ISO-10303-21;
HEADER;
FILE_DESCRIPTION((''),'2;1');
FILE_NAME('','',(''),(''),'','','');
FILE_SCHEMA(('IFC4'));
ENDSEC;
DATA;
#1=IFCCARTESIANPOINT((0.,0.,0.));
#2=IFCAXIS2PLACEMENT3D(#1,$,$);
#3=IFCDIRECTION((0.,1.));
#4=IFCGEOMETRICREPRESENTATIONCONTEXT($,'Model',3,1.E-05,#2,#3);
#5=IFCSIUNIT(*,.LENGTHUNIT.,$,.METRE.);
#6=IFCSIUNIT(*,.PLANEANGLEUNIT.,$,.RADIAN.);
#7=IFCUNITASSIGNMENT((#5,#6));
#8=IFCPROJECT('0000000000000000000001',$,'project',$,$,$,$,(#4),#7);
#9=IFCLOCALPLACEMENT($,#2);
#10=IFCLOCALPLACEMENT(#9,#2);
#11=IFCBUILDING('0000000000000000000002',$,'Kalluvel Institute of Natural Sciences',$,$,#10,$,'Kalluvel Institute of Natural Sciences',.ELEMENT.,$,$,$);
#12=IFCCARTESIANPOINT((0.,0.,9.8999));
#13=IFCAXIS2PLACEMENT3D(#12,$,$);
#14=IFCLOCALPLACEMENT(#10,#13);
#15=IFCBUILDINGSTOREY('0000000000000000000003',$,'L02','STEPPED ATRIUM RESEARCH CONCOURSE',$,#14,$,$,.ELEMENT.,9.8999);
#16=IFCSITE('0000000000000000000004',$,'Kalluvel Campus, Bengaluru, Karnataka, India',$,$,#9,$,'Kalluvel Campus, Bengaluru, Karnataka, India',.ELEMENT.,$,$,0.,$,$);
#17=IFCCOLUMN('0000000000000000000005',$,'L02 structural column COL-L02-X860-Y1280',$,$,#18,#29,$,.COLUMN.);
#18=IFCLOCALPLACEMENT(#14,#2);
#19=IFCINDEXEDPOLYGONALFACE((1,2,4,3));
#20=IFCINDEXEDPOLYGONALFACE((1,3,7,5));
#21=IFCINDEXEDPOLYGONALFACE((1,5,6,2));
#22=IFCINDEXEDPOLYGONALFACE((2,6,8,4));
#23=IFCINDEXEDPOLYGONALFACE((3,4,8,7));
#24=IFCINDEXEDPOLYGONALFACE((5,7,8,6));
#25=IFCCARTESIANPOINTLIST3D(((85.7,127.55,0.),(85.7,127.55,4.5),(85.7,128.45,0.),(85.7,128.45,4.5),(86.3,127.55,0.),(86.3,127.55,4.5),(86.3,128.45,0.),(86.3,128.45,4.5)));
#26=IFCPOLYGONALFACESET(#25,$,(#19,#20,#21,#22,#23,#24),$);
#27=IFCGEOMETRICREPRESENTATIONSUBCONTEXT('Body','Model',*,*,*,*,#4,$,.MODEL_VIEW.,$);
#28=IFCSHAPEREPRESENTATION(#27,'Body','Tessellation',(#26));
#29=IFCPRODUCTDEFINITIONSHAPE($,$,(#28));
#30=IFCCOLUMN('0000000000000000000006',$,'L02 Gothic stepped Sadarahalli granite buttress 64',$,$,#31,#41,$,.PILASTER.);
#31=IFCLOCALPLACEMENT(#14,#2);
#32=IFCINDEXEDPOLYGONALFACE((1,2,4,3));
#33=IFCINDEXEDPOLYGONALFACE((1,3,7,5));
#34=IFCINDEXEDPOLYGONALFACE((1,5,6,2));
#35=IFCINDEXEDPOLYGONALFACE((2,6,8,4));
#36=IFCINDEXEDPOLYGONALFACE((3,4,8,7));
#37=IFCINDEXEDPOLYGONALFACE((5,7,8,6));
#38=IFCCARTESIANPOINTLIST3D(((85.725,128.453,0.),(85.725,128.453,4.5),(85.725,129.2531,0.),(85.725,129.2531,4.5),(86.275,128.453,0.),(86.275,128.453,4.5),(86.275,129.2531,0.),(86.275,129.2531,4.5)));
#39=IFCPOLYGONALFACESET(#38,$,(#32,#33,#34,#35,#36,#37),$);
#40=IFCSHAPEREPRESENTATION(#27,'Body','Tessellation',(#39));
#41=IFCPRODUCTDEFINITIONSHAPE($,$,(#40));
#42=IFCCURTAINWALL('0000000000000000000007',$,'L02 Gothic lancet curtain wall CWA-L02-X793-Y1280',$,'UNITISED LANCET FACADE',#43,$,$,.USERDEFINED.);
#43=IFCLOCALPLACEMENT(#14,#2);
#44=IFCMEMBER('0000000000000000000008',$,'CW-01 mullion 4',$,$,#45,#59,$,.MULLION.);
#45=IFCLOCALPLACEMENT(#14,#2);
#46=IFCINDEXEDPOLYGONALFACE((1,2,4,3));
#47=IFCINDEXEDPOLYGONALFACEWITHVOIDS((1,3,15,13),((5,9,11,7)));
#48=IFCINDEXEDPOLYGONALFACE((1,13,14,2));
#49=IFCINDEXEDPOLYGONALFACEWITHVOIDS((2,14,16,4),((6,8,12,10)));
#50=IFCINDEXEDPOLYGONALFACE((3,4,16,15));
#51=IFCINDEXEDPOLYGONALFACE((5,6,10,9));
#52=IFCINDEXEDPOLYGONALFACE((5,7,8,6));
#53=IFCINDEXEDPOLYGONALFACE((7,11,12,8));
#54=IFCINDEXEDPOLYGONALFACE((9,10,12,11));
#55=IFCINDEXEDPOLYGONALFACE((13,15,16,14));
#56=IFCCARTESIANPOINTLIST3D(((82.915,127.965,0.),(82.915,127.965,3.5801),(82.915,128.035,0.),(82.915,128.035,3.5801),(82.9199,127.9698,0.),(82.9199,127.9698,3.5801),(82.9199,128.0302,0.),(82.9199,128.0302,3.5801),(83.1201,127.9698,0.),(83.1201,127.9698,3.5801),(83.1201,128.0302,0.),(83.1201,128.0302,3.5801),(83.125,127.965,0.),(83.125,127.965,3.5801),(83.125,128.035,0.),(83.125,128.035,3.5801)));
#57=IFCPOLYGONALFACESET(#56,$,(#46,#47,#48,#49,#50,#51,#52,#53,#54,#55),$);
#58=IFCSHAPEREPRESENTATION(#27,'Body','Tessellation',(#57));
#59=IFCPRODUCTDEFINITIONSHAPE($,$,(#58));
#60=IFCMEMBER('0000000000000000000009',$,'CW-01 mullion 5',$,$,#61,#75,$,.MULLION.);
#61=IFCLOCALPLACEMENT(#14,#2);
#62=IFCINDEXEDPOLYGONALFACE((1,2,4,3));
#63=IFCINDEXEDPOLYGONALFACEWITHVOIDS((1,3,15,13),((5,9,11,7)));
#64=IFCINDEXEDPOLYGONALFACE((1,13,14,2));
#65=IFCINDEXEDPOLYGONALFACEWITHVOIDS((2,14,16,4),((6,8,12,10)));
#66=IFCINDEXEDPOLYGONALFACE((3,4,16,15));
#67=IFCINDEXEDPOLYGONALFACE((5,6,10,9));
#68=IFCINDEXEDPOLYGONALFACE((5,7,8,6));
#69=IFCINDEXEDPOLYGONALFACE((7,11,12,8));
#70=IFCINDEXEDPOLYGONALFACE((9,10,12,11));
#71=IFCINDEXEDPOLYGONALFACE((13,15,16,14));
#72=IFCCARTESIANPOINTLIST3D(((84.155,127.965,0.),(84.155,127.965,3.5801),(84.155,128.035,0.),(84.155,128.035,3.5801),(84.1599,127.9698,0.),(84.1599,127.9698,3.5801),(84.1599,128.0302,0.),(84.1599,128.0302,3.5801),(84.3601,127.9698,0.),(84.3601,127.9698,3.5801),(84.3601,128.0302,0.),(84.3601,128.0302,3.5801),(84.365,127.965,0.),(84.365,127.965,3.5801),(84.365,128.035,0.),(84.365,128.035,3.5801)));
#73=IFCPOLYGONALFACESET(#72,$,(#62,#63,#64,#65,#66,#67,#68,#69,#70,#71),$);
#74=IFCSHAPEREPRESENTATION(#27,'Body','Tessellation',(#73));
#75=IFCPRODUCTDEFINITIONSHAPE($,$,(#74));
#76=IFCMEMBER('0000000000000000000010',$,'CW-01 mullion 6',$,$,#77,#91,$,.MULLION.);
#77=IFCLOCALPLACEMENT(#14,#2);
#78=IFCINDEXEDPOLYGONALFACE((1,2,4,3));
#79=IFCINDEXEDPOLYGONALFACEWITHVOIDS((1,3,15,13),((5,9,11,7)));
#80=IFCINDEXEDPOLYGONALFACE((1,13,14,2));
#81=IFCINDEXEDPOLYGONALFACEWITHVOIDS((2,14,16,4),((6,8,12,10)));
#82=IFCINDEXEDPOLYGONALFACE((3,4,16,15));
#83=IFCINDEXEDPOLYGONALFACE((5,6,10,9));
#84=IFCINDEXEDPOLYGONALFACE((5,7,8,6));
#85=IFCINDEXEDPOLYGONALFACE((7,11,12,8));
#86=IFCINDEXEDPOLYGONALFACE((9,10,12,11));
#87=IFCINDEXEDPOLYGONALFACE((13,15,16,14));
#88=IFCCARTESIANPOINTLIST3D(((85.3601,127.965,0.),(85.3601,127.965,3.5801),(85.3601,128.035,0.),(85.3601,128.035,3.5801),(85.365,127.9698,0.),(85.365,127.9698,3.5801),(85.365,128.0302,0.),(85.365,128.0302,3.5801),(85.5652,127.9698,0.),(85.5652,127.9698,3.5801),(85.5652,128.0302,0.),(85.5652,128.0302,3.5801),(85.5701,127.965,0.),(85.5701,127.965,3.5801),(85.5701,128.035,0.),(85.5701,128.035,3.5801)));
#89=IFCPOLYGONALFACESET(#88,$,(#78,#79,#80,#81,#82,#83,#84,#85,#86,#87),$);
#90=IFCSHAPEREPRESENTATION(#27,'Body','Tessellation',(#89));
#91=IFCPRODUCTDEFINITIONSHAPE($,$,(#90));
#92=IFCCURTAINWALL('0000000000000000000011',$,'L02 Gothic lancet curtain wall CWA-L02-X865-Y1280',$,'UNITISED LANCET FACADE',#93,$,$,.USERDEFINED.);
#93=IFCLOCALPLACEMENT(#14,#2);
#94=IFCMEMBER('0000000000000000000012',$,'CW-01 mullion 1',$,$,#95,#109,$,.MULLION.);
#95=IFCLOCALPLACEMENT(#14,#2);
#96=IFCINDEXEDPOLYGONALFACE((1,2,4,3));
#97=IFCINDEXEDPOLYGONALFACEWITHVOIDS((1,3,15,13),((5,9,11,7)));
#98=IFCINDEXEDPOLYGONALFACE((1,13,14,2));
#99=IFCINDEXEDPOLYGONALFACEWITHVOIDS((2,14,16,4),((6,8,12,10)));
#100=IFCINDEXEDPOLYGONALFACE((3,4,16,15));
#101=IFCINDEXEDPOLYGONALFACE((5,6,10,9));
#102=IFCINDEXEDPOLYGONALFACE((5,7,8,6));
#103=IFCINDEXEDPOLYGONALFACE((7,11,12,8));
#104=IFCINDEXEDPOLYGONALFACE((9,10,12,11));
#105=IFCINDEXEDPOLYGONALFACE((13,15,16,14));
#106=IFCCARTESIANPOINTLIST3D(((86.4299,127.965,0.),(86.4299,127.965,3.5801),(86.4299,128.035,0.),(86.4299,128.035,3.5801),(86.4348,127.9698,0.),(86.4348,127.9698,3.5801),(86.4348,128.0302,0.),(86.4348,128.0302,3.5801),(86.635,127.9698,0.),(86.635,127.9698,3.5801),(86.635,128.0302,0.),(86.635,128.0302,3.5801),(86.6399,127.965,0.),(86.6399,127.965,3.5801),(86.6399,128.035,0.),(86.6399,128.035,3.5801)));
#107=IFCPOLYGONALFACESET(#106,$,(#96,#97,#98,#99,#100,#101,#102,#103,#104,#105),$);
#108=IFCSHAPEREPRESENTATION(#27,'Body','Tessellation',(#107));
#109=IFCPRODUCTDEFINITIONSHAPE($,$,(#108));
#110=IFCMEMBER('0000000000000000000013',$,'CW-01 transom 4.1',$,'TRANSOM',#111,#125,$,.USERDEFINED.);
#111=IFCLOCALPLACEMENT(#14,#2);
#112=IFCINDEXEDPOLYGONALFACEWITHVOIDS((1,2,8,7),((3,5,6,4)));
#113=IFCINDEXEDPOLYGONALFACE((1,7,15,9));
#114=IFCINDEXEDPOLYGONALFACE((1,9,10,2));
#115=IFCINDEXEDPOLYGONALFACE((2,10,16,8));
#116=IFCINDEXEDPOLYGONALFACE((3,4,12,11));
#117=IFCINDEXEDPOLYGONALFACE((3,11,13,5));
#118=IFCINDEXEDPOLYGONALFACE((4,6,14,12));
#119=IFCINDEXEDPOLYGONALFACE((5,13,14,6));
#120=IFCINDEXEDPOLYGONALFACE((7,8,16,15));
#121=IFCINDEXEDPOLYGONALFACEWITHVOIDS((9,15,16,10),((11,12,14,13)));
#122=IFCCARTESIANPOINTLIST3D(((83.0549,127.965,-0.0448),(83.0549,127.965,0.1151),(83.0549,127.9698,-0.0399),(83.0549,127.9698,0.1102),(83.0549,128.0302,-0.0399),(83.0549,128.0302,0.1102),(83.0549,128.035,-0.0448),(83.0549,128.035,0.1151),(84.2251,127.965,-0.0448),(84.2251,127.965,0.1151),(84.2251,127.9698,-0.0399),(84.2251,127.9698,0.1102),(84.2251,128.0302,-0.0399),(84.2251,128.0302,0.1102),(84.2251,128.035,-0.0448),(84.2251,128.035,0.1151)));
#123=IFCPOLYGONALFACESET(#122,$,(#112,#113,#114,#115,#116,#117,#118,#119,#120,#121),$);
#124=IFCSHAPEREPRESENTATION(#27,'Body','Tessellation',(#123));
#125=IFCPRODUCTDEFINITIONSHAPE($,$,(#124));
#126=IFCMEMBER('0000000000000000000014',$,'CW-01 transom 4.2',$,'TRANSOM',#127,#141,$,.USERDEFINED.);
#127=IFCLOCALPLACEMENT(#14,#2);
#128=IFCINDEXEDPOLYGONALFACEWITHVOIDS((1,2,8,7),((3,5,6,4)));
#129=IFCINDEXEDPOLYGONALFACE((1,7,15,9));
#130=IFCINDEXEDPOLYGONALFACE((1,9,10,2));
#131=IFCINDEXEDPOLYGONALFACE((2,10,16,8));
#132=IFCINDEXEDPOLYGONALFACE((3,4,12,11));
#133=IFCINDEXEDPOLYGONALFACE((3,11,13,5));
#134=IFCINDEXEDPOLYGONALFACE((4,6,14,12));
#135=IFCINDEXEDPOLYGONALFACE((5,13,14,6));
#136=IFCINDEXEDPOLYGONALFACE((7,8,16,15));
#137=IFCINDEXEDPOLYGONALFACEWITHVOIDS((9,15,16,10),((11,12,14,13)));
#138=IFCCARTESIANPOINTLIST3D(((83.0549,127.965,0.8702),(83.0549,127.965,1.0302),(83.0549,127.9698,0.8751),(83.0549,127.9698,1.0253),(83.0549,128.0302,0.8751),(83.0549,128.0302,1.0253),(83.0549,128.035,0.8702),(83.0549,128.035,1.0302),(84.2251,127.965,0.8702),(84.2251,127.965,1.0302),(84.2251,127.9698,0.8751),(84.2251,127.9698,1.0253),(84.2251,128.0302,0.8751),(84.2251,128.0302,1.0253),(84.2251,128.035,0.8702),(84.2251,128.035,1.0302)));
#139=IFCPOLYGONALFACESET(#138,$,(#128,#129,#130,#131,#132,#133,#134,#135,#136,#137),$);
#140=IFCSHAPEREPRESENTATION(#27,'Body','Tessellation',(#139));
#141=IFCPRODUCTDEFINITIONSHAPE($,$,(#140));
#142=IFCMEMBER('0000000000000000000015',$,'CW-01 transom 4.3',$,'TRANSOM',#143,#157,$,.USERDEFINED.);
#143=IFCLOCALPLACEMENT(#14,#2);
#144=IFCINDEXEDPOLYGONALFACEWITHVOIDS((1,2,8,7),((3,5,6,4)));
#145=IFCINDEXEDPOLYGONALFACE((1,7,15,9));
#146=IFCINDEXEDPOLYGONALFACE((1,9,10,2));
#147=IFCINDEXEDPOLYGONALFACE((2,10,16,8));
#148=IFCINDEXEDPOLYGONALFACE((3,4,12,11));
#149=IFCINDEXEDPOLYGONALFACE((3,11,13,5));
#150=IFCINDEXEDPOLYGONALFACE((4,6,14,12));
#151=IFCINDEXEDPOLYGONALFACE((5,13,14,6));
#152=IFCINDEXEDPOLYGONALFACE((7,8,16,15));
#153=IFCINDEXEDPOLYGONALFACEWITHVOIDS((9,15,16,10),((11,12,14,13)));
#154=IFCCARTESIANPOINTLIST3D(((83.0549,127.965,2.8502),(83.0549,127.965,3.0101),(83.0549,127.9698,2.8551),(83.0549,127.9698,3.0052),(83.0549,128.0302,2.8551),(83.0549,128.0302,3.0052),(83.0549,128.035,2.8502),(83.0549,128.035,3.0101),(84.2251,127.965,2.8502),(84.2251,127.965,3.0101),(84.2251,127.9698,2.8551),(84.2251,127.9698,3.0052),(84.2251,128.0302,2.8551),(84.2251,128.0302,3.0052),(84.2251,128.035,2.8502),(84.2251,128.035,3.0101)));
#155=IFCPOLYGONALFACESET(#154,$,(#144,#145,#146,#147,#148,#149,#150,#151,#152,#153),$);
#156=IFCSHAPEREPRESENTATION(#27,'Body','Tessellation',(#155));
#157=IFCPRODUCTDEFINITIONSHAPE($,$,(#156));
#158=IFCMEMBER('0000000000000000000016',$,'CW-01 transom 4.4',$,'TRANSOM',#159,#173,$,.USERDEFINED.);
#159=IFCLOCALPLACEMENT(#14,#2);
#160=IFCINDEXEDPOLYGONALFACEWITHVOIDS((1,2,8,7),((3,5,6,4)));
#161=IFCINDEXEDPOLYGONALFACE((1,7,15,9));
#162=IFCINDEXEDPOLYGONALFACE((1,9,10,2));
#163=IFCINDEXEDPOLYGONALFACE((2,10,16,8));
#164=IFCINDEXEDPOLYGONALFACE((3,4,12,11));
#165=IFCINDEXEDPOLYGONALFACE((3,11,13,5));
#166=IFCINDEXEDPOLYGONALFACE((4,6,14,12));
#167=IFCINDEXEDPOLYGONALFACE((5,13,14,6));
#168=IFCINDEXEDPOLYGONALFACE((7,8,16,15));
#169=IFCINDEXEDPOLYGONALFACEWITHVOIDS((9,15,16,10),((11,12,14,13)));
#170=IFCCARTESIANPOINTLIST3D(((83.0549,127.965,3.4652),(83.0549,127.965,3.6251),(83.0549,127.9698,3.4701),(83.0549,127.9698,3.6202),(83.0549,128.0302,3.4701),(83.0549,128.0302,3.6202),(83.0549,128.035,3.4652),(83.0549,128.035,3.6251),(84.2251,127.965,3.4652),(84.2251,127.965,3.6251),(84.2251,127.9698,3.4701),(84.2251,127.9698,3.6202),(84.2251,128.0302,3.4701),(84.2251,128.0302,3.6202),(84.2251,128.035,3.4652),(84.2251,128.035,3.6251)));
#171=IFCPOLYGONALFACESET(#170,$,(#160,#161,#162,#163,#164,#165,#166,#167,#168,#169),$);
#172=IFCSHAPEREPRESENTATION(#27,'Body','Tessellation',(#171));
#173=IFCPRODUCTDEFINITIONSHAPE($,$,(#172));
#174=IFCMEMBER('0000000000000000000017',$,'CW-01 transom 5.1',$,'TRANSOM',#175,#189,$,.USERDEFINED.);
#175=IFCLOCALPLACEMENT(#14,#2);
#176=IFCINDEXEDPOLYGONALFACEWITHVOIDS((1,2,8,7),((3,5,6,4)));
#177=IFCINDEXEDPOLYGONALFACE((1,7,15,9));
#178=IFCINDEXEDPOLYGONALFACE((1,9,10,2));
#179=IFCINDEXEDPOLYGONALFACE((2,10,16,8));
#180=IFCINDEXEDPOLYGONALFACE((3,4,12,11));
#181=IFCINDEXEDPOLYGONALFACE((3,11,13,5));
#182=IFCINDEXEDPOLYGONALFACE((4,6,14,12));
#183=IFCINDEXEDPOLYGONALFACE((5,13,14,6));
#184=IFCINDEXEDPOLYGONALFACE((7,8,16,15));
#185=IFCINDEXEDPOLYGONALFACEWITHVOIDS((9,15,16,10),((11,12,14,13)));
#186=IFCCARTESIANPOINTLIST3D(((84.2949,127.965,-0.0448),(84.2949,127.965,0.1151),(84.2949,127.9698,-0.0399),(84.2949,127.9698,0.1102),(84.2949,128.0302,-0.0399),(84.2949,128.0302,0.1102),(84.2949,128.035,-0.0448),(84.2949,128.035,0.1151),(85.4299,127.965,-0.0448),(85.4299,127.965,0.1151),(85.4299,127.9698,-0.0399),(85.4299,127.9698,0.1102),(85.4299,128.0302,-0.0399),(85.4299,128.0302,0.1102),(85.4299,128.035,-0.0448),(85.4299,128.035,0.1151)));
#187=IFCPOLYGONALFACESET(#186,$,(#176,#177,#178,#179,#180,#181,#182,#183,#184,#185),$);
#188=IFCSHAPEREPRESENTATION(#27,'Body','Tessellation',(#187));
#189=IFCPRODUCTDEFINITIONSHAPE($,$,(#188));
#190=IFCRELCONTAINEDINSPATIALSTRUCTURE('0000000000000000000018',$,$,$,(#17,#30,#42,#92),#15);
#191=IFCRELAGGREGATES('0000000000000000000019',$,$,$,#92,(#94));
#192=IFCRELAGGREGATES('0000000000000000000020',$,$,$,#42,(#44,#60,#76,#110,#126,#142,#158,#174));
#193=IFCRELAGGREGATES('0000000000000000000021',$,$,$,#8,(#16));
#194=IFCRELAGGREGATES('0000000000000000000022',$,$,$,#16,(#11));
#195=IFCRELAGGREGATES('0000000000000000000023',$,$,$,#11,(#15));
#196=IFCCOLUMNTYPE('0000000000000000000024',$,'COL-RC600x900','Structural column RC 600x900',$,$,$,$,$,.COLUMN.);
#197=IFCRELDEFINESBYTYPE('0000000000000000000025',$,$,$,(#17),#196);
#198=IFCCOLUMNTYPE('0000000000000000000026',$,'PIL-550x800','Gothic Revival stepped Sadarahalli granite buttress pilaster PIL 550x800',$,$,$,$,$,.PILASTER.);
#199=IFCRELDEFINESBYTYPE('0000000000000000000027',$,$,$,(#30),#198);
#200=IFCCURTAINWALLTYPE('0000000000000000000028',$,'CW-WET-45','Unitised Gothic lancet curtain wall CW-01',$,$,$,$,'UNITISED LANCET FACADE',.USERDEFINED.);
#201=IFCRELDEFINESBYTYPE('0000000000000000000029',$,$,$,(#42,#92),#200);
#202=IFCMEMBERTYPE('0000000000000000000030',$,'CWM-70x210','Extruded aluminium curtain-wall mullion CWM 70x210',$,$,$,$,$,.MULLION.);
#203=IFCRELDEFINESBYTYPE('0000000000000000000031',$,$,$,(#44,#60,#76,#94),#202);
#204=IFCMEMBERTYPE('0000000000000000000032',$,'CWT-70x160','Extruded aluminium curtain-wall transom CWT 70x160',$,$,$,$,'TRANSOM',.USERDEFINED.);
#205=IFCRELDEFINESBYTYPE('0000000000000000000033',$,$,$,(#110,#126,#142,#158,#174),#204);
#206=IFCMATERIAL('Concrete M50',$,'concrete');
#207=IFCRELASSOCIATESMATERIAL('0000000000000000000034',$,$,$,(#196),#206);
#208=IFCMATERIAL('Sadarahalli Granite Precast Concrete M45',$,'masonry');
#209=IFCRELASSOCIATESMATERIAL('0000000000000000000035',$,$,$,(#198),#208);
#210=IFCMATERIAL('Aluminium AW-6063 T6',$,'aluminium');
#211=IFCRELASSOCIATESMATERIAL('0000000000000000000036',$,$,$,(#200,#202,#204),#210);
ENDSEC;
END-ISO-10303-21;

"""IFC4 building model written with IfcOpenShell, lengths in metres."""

from ifc_helpers import new_model, si_unit, direction, frame, origin, origin_2d, place, context, subcontext, project, spatial, rectangle, hollow_rectangle, extrude, material, material_profile, profile_set, type_object, element, aggregate, save


model = new_model("IFC4")

# Units and contexts
model_context = context("Model", 3, precision=1e-05, world=origin(), true_north=direction((0.0, 1.0)))
body_context = subcontext(model_context, "Body", "Model", "MODEL_VIEW")
ifc_project = project(units=[si_unit("LENGTHUNIT", "METRE"), si_unit("PLANEANGLEUNIT", "RADIAN")], contexts=[model_context])

# Site, building, storey
site_placement = place(None, origin())
site = spatial("IfcSite", under=ifc_project, at=site_placement, Name="Kalluvel Campus, Bengaluru, Karnataka, India", LongName="Kalluvel Campus, Bengaluru, Karnataka, India", CompositionType="ELEMENT", RefElevation=0.0)
building_placement = place(site_placement, origin())
building = spatial("IfcBuilding", under=site, at=building_placement, Name="Kalluvel Institute of Natural Sciences", LongName="Kalluvel Institute of Natural Sciences", CompositionType="ELEMENT")
storey_placement = place(building_placement, frame((0.0, 0.0, 9.8999)))
storey = spatial("IfcBuildingStorey", under=building, at=storey_placement, Name="L02", Description="STEPPED ATRIUM RESEARCH CONCOURSE", CompositionType="ELEMENT", Elevation=9.8999)

# Columns
ifc_material_1 = material(Name="Concrete M50", Category="concrete")
ifc_material_profile_1 = material_profile(ifc_material_1, rectangle(XDim=0.6001, YDim=0.8999, at=origin_2d()), Name="RC 600x900")
ifc_profile_set_1 = profile_set([ifc_material_profile_1], Name="Concrete M50")
column_type_1 = type_object("IfcColumnType", Name="COL-RC600x900", Description="Structural column RC 600x900", PredefinedType="COLUMN", material=ifc_profile_set_1)
column_1_placement = place(storey_placement, frame((86.0, 128.0, 0.0), z_axis=(0.0, 0.0, 1.0), x_axis=(1.0, 0.0, 0.0)))
element("IfcColumn", 1, at=column_1_placement, inside=storey, type_object=column_type_1, Name="L02 structural column COL-L02-X860-Y1280", PredefinedType="COLUMN", context=body_context, shape_type="SweptSolid", body=[
    extrude(rectangle(XDim=0.6001, YDim=0.8999, at=origin_2d()), origin(), (0.0, 0.0, 1.0), 4.5),
])
ifc_material_2 = material(Name="Sadarahalli Granite Precast Concrete M45", Category="masonry")
ifc_material_profile_2 = material_profile(ifc_material_2, rectangle(XDim=0.55, YDim=0.8, at=origin_2d()), Name="PIL 550x800")
ifc_profile_set_2 = profile_set([ifc_material_profile_2], Name="Sadarahalli Granite Precast Concrete M45")
column_type_2 = type_object("IfcColumnType", Name="PIL-550x800", Description="Gothic Revival stepped Sadarahalli granite buttress pilaster PIL 550x800", PredefinedType="PILASTER", material=ifc_profile_set_2)
column_2_placement = place(storey_placement, frame((86.0, 128.853, 0.0), z_axis=(0.0, 0.0, 1.0), x_axis=(1.0, 0.0, 0.0)))
element("IfcColumn", 2, at=column_2_placement, inside=storey, type_object=column_type_2, Name="L02 Gothic stepped Sadarahalli granite buttress 64", PredefinedType="PILASTER", context=body_context, shape_type="SweptSolid", body=[
    extrude(rectangle(XDim=0.55, YDim=0.8, at=origin_2d()), origin(), (0.0, 0.0, 1.0), 4.5),
])

# Curtain wall, members
ifc_material_3 = material(Name="Aluminium AW-6063 T6", Category="aluminium")
curtain_wall_type = type_object("IfcCurtainWallType", Name="CW-WET-45", Description="Unitised Gothic lancet curtain wall CW-01", ElementType="UNITISED LANCET FACADE", PredefinedType="USERDEFINED", material=ifc_material_3)
curtain_wall_1_placement = place(storey_placement, origin())
curtain_wall_1 = element("IfcCurtainWall", 3, at=curtain_wall_1_placement, inside=storey, type_object=curtain_wall_type, Name="L02 Gothic lancet curtain wall CWA-L02-X793-Y1280", ObjectType="UNITISED LANCET FACADE", PredefinedType="USERDEFINED")
ifc_material_profile_3 = material_profile(ifc_material_3, hollow_rectangle(XDim=0.0701, YDim=0.21, WallThickness=0.0049, at=origin_2d()), Name="CWM 70x210")
ifc_profile_set_3 = profile_set([ifc_material_profile_3], Name="Aluminium AW-6063 T6")
member_type_1 = type_object("IfcMemberType", Name="CWM-70x210", Description="Extruded aluminium curtain-wall mullion CWM 70x210", PredefinedType="MULLION", material=ifc_profile_set_3)
member_1_placement = place(storey_placement, frame((83.02, 128.0, 0.0), z_axis=(0.0, 0.0, 1.0), x_axis=(0.0, 1.0, 0.0)))
member_1 = element("IfcMember", 4, at=member_1_placement, type_object=member_type_1, Name="CW-01 mullion 4", PredefinedType="MULLION", context=body_context, shape_type="SweptSolid", body=[
    extrude(hollow_rectangle(XDim=0.0701, YDim=0.21, WallThickness=0.0049, at=origin_2d()), origin(), (0.0, 0.0, 1.0), 3.5801),
])
member_2_placement = place(storey_placement, frame((84.26, 128.0, 0.0), z_axis=(0.0, 0.0, 1.0), x_axis=(0.0, 1.0, 0.0)))
member_2 = element("IfcMember", 5, at=member_2_placement, type_object=member_type_1, Name="CW-01 mullion 5", PredefinedType="MULLION", context=body_context, shape_type="SweptSolid", body=[
    extrude(hollow_rectangle(XDim=0.0701, YDim=0.21, WallThickness=0.0049, at=origin_2d()), origin(), (0.0, 0.0, 1.0), 3.5801),
])
member_3_placement = place(storey_placement, frame((85.4651, 128.0, 0.0), z_axis=(0.0, 0.0, 1.0), x_axis=(0.0, 1.0, 0.0)))
member_3 = element("IfcMember", 6, at=member_3_placement, type_object=member_type_1, Name="CW-01 mullion 6", PredefinedType="MULLION", context=body_context, shape_type="SweptSolid", body=[
    extrude(hollow_rectangle(XDim=0.0701, YDim=0.21, WallThickness=0.0049, at=origin_2d()), origin(), (0.0, 0.0, 1.0), 3.5801),
])

# Curtain wall, member
curtain_wall_2_placement = place(storey_placement, origin())
curtain_wall_2 = element("IfcCurtainWall", 7, at=curtain_wall_2_placement, inside=storey, type_object=curtain_wall_type, Name="L02 Gothic lancet curtain wall CWA-L02-X865-Y1280", ObjectType="UNITISED LANCET FACADE", PredefinedType="USERDEFINED")
member_4_placement = place(storey_placement, frame((86.5349, 128.0, 0.0), z_axis=(0.0, 0.0, 1.0), x_axis=(0.0, 1.0, 0.0)))
member_4 = element("IfcMember", 8, at=member_4_placement, type_object=member_type_1, Name="CW-01 mullion 1", PredefinedType="MULLION", context=body_context, shape_type="SweptSolid", body=[
    extrude(hollow_rectangle(XDim=0.0701, YDim=0.21, WallThickness=0.0049, at=origin_2d()), origin(), (0.0, 0.0, 1.0), 3.5801),
])

# Members
ifc_material_profile_4 = material_profile(ifc_material_3, hollow_rectangle(XDim=0.0701, YDim=0.1599, WallThickness=0.0049, at=origin_2d()), Name="CWT 70x160")
ifc_profile_set_4 = profile_set([ifc_material_profile_4], Name="Aluminium AW-6063 T6")
member_type_2 = type_object("IfcMemberType", Name="CWT-70x160", Description="Extruded aluminium curtain-wall transom CWT 70x160", ElementType="TRANSOM", PredefinedType="USERDEFINED", material=ifc_profile_set_4)
member_5_placement = place(storey_placement, frame((83.0549, 128.0, 0.0352), z_axis=(1.0, 0.0, 0.0), x_axis=(0.0, 1.0, 0.0)))
member_5 = element("IfcMember", 9, at=member_5_placement, type_object=member_type_2, Name="CW-01 transom 4.1", ObjectType="TRANSOM", PredefinedType="USERDEFINED", context=body_context, shape_type="SweptSolid", body=[
    extrude(hollow_rectangle(XDim=0.0701, YDim=0.1599, WallThickness=0.0049, at=origin_2d()), origin(), (0.0, 0.0, 1.0), 1.1702),
])
member_6_placement = place(storey_placement, frame((83.0549, 128.0, 0.9502), z_axis=(1.0, 0.0, 0.0), x_axis=(0.0, 1.0, 0.0)))
member_6 = element("IfcMember", 10, at=member_6_placement, type_object=member_type_2, Name="CW-01 transom 4.2", ObjectType="TRANSOM", PredefinedType="USERDEFINED", context=body_context, shape_type="SweptSolid", body=[
    extrude(hollow_rectangle(XDim=0.0701, YDim=0.1599, WallThickness=0.0049, at=origin_2d()), origin(), (0.0, 0.0, 1.0), 1.1702),
])
member_7_placement = place(storey_placement, frame((83.0549, 128.0, 2.9302), z_axis=(1.0, 0.0, 0.0), x_axis=(0.0, 1.0, 0.0)))
member_7 = element("IfcMember", 11, at=member_7_placement, type_object=member_type_2, Name="CW-01 transom 4.3", ObjectType="TRANSOM", PredefinedType="USERDEFINED", context=body_context, shape_type="SweptSolid", body=[
    extrude(hollow_rectangle(XDim=0.0701, YDim=0.1599, WallThickness=0.0049, at=origin_2d()), origin(), (0.0, 0.0, 1.0), 1.1702),
])
member_8_placement = place(storey_placement, frame((83.0549, 128.0, 3.5452), z_axis=(1.0, 0.0, 0.0), x_axis=(0.0, 1.0, 0.0)))
member_8 = element("IfcMember", 12, at=member_8_placement, type_object=member_type_2, Name="CW-01 transom 4.4", ObjectType="TRANSOM", PredefinedType="USERDEFINED", context=body_context, shape_type="SweptSolid", body=[
    extrude(hollow_rectangle(XDim=0.0701, YDim=0.1599, WallThickness=0.0049, at=origin_2d()), origin(), (0.0, 0.0, 1.0), 1.1702),
])
member_9_placement = place(storey_placement, frame((84.2949, 128.0, 0.0352), z_axis=(1.0, 0.0, 0.0), x_axis=(0.0, 1.0, 0.0)))
member_9 = element("IfcMember", 13, at=member_9_placement, type_object=member_type_2, Name="CW-01 transom 5.1", ObjectType="TRANSOM", PredefinedType="USERDEFINED", context=body_context, shape_type="SweptSolid", body=[
    extrude(hollow_rectangle(XDim=0.0701, YDim=0.1599, WallThickness=0.0049, at=origin_2d()), origin(), (0.0, 0.0, 1.0), 1.135),
])
aggregate(curtain_wall_2, [member_4])

aggregate(curtain_wall_1, [member_1, member_2, member_3, member_5, member_6, member_7, member_8, member_9])

save(model, "model.ifc")
